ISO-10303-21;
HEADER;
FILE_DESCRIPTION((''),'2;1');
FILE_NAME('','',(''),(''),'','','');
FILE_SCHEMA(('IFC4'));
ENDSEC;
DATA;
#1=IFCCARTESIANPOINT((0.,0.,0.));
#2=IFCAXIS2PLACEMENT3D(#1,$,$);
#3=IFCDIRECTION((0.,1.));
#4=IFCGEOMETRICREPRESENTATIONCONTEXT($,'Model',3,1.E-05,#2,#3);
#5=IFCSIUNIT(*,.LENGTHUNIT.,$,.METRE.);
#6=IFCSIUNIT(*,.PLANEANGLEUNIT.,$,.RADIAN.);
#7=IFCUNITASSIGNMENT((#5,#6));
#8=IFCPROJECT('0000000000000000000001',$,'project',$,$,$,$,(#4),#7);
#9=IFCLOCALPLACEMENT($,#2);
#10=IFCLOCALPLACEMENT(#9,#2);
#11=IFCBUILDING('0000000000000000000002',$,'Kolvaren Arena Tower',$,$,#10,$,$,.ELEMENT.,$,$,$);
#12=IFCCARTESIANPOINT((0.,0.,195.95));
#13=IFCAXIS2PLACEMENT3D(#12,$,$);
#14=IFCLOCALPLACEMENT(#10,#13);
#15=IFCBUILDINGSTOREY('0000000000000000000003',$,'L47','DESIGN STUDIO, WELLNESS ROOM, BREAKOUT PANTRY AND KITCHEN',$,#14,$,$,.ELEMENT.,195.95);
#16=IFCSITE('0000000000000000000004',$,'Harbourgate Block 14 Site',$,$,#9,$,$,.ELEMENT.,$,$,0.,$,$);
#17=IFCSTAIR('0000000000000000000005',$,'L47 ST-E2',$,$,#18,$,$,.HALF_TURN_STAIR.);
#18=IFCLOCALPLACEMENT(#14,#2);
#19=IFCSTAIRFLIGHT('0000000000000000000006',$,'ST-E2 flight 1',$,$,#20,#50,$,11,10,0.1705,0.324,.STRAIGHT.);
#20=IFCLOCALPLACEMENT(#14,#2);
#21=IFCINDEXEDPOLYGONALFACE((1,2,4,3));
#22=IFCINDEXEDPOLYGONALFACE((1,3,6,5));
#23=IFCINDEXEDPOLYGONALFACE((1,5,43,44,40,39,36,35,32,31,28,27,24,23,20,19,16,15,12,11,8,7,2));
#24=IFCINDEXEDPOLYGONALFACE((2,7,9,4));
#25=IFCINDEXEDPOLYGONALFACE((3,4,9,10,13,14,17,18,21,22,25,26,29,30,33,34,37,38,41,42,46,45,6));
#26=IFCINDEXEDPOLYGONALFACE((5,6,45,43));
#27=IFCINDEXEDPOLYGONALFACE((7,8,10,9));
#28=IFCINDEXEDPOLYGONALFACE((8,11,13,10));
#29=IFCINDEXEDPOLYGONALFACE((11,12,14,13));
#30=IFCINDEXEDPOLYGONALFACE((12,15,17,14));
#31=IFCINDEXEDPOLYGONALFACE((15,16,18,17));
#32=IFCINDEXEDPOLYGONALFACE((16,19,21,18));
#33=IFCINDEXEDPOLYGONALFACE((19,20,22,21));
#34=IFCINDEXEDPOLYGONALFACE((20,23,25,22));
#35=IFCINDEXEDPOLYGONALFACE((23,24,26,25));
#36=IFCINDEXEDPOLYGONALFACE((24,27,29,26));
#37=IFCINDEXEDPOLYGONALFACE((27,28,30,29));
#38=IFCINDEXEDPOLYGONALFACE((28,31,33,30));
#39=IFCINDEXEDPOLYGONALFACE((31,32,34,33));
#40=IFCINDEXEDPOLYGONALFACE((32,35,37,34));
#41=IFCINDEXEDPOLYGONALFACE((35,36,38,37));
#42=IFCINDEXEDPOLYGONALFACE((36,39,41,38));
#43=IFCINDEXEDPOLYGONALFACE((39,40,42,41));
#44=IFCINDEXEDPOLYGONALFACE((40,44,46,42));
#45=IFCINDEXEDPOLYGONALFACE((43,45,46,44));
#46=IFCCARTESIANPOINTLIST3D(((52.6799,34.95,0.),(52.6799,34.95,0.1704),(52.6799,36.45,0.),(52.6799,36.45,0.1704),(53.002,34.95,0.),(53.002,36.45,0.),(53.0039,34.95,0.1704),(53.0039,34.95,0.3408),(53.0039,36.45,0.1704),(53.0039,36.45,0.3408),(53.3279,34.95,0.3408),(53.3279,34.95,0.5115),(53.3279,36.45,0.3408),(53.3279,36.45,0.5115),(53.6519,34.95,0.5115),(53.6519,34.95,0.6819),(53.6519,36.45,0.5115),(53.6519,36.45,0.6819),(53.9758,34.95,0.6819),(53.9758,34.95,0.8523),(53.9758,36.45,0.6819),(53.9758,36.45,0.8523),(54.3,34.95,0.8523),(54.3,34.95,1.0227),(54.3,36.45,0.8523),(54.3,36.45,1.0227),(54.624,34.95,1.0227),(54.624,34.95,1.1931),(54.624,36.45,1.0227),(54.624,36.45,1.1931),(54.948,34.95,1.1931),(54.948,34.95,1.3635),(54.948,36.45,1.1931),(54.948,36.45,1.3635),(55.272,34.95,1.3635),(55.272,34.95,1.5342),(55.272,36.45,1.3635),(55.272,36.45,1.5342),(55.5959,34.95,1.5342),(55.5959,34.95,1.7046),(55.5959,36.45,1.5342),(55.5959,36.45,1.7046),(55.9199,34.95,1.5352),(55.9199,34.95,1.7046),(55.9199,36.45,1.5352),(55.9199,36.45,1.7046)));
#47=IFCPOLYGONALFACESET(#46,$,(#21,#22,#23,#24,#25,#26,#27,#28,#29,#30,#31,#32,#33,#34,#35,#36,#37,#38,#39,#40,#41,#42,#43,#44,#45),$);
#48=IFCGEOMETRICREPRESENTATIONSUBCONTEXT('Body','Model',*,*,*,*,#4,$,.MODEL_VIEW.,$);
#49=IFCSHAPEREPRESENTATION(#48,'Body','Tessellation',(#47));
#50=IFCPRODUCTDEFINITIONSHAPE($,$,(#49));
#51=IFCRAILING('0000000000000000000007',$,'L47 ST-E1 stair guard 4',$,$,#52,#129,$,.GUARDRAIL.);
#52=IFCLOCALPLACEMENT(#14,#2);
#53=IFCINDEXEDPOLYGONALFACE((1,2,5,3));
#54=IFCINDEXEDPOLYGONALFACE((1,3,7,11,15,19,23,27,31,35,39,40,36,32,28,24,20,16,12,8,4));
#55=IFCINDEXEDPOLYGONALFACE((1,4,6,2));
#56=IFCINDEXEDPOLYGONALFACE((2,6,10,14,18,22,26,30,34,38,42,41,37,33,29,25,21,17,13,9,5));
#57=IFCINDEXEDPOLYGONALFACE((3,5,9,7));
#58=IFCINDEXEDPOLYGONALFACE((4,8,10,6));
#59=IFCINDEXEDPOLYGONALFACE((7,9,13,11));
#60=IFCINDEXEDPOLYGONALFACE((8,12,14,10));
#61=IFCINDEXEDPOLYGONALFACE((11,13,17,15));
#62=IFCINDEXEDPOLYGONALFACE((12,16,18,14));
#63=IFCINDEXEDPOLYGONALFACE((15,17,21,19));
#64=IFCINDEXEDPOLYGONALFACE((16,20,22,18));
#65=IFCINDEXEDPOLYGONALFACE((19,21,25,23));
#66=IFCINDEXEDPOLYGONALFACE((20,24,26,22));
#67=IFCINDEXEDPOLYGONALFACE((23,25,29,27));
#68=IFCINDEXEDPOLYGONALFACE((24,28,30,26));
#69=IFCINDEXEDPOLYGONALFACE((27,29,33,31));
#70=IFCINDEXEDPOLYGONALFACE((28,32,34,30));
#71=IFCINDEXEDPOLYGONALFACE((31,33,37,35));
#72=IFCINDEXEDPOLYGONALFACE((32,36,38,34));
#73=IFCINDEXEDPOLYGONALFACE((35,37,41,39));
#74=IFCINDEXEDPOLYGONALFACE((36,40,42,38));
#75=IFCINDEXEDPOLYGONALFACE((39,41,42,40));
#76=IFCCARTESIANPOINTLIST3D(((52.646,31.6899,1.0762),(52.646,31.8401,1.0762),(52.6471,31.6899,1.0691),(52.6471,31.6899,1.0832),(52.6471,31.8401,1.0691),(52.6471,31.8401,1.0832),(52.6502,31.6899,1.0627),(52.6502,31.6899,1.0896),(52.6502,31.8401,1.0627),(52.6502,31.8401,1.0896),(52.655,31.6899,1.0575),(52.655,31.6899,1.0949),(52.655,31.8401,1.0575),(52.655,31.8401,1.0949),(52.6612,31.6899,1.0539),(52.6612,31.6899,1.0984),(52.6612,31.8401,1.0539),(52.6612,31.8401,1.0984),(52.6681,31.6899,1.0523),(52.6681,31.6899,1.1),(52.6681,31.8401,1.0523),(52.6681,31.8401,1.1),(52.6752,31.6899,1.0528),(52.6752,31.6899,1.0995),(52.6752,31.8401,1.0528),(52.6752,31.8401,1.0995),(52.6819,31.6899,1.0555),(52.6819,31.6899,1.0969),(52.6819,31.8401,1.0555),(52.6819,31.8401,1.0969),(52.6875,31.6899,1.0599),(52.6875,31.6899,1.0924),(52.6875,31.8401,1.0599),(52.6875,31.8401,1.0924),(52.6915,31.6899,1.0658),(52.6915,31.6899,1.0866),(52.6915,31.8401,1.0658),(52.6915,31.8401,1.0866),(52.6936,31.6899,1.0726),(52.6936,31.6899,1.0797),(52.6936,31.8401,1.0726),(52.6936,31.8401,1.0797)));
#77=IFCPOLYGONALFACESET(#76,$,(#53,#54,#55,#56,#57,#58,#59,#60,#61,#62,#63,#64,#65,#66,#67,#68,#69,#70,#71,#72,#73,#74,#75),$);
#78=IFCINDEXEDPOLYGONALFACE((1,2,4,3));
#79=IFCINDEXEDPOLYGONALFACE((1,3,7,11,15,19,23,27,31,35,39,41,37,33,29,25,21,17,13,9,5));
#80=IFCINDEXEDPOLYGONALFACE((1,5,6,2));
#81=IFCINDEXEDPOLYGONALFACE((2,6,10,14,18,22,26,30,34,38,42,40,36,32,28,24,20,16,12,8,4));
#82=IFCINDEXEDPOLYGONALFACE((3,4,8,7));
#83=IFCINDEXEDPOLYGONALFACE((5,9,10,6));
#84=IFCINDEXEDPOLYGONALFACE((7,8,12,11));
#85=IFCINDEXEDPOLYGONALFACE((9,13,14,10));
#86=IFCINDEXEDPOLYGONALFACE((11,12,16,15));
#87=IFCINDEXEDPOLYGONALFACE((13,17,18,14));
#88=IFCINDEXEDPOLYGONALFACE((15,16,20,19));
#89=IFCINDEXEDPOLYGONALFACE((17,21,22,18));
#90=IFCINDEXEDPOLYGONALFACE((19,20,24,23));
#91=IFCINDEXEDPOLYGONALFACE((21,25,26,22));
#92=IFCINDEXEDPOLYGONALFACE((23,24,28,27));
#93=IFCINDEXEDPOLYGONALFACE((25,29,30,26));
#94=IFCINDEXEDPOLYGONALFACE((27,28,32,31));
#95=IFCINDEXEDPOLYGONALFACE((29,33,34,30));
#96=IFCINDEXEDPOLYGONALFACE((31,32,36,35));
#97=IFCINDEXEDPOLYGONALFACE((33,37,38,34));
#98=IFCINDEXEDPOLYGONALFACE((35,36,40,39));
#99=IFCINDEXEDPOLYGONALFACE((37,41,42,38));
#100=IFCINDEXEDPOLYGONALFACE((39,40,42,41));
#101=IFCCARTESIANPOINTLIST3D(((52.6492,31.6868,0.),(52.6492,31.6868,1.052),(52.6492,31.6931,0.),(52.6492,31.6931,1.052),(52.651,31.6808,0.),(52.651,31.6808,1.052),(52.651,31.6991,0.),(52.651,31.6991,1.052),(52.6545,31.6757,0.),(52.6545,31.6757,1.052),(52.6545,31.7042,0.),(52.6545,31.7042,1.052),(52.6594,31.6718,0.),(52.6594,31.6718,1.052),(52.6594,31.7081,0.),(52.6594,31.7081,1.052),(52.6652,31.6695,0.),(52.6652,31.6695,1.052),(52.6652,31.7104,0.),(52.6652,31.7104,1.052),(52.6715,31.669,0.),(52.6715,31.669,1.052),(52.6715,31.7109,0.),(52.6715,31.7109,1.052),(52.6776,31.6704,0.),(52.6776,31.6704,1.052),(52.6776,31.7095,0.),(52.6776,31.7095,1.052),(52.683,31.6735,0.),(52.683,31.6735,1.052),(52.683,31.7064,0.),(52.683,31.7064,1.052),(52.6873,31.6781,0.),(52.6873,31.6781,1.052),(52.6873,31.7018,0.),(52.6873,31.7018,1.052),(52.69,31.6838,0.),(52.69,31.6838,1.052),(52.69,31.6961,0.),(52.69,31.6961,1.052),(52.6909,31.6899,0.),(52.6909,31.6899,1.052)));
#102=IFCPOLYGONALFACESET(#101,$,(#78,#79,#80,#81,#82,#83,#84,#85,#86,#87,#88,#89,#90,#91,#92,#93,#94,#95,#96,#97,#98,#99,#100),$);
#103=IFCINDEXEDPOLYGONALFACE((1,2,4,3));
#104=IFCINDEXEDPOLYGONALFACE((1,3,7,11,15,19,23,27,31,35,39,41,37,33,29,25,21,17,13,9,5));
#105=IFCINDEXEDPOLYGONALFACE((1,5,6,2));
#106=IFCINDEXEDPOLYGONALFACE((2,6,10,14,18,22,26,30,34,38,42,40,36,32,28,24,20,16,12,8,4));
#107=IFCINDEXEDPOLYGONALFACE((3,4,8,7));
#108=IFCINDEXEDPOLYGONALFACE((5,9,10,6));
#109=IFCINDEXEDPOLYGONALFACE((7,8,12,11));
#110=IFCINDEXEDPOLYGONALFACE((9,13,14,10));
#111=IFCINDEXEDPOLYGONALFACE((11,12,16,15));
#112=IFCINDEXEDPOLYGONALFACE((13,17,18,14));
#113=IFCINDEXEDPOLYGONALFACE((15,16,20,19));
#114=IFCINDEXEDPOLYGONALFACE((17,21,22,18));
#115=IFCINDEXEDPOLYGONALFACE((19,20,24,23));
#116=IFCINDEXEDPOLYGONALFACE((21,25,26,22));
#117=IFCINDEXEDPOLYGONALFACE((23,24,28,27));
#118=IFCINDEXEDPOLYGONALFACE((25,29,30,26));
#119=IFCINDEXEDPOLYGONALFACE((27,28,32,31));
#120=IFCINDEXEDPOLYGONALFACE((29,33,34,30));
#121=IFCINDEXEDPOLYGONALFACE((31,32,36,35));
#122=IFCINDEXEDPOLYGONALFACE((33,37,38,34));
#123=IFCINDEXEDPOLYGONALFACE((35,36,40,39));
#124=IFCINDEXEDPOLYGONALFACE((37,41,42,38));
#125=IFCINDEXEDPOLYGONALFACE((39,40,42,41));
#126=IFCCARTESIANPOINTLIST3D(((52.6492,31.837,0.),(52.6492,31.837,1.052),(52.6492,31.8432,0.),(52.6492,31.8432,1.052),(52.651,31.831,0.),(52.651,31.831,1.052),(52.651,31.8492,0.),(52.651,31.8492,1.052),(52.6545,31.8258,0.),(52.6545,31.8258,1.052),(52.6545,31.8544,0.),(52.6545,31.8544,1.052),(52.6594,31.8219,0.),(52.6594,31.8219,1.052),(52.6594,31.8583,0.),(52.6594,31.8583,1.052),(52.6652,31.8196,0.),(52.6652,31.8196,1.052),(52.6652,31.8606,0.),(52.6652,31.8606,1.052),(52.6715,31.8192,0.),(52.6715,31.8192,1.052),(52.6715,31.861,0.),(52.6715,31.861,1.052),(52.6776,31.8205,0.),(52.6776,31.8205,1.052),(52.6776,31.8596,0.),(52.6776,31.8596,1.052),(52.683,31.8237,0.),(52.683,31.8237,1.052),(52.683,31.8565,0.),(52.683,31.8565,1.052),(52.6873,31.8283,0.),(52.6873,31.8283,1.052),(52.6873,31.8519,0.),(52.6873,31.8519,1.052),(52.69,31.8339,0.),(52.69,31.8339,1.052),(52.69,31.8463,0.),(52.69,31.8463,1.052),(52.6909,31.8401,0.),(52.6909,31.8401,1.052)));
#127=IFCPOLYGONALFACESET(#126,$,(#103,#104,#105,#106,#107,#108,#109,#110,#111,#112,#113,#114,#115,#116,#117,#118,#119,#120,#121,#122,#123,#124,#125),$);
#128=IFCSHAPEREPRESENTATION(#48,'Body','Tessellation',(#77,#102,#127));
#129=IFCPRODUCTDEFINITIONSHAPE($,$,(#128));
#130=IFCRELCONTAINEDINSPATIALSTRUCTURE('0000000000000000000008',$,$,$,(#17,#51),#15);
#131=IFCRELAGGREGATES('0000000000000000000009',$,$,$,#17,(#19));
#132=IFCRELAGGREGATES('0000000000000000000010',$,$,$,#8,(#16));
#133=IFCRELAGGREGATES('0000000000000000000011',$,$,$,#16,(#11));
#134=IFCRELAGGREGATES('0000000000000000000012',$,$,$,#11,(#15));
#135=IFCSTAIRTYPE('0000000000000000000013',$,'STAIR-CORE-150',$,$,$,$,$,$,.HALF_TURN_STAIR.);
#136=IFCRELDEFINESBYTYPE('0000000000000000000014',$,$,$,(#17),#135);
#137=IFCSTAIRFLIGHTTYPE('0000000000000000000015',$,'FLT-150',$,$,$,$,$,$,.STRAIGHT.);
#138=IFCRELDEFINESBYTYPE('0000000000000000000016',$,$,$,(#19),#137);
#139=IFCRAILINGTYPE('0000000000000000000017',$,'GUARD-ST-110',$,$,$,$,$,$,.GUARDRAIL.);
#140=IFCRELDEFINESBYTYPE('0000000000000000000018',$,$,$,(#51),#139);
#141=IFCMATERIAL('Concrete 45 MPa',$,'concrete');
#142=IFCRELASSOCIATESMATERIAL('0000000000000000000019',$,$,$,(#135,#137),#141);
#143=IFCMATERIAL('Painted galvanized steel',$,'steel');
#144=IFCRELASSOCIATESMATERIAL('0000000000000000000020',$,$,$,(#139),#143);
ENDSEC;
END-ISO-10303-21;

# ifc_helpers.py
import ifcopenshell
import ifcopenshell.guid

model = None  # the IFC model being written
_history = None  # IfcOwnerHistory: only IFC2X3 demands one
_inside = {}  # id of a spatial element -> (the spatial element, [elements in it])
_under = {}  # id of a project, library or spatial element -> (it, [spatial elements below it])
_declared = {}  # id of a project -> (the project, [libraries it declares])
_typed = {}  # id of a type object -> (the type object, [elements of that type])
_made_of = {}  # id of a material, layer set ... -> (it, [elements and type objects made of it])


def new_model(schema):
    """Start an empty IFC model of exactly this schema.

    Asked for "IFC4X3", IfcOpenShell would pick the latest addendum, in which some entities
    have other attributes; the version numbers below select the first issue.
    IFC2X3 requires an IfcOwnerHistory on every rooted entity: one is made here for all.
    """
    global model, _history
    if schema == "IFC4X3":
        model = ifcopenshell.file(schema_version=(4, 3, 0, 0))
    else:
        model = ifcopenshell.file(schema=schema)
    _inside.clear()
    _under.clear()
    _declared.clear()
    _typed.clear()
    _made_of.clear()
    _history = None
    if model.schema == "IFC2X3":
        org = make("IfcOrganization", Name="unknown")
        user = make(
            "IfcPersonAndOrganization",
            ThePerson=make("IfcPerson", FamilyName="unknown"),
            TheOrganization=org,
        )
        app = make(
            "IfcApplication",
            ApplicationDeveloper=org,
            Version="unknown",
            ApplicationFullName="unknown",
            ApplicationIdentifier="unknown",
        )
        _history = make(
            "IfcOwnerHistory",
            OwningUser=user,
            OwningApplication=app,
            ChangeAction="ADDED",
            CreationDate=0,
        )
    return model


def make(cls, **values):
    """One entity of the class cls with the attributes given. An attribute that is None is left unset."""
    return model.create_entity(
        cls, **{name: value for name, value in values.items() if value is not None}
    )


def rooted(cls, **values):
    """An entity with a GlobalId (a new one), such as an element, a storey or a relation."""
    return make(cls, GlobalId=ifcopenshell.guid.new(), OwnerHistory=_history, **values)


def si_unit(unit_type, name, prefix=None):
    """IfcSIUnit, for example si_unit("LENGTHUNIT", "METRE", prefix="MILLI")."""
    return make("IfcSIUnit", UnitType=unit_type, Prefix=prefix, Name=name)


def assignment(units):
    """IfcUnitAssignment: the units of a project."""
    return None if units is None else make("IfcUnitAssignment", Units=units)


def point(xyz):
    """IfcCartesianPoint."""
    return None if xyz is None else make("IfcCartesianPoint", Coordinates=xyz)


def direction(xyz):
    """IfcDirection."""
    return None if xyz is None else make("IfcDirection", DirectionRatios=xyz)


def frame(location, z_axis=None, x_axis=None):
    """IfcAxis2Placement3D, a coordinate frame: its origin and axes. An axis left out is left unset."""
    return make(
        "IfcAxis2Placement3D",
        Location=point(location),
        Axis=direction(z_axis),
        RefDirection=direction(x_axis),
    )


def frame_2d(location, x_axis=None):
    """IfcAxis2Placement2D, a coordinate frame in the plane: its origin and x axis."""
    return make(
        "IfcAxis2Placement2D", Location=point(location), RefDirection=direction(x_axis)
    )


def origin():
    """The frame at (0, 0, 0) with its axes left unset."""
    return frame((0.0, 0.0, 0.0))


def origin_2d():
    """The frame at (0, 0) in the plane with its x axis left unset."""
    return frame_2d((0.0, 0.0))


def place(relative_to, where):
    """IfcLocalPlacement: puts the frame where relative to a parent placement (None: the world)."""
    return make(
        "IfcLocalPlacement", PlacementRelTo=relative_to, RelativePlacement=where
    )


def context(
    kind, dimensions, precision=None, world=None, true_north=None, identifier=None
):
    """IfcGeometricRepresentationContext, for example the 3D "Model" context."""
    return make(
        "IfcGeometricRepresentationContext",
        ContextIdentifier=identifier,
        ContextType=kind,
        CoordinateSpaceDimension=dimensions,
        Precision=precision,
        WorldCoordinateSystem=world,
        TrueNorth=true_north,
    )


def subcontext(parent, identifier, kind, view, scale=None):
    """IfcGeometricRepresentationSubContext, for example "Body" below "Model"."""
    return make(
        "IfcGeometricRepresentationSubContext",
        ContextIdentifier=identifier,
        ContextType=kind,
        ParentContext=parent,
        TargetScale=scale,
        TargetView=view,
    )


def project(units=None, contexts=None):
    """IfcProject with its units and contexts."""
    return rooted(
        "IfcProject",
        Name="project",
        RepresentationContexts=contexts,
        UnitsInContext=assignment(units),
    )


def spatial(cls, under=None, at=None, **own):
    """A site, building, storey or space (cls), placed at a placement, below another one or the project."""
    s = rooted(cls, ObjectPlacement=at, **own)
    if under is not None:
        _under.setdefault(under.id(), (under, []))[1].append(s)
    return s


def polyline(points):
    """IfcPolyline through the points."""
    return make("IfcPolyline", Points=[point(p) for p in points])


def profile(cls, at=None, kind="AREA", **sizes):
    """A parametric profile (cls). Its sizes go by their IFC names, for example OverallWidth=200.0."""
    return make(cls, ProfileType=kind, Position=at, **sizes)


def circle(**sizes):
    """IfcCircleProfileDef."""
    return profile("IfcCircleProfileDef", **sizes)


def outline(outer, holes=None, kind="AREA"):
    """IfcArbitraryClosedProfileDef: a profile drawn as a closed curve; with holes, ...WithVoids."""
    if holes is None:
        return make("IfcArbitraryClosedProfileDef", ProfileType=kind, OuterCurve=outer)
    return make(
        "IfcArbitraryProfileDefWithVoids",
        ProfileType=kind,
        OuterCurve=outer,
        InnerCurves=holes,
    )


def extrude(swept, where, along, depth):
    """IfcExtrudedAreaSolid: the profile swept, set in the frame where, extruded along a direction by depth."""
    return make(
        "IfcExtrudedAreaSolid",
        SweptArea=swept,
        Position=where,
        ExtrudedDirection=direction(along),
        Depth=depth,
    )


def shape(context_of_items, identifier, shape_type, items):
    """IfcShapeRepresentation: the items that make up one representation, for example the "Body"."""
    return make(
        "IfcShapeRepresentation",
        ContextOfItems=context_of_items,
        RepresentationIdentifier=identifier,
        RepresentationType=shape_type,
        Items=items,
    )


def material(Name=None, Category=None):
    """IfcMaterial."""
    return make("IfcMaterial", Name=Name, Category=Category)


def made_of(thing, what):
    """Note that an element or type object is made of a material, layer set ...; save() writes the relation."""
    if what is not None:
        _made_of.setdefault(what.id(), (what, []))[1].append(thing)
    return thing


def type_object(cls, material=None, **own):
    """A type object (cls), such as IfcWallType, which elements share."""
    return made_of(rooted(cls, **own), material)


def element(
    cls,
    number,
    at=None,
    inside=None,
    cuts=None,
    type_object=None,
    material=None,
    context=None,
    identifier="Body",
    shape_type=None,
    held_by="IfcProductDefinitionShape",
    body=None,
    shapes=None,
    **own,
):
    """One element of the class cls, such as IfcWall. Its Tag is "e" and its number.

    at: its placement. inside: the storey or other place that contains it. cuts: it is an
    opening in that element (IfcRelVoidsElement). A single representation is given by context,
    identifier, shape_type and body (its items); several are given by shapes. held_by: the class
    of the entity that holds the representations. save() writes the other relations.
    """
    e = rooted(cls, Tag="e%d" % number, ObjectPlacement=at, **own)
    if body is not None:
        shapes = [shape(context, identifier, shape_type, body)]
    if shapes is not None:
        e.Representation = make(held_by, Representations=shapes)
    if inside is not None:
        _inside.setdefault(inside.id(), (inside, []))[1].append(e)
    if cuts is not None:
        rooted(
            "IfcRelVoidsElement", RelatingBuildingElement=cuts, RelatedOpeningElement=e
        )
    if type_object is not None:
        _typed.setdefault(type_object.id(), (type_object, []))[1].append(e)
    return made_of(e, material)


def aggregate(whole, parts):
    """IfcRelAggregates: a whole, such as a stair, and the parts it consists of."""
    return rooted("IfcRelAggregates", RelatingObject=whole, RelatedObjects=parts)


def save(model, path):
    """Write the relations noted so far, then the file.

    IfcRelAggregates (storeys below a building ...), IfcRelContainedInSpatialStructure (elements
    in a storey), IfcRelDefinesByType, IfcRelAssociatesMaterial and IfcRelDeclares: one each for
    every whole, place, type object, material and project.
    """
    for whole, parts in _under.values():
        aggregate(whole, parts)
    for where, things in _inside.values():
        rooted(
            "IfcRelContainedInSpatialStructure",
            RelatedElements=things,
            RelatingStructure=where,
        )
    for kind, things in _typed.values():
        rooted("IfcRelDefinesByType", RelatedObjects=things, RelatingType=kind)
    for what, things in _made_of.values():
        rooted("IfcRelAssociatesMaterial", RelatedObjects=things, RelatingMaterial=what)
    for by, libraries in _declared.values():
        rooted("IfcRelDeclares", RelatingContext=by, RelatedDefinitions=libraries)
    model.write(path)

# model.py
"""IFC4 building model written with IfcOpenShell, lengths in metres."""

from ifc_helpers import new_model, si_unit, direction, frame, origin, origin_2d, place, context, subcontext, project, spatial, polyline, circle, outline, extrude, material, type_object, element, aggregate, save


model = new_model("IFC4")

# Units and contexts
model_context = context("Model", 3, precision=1e-05, world=origin(), true_north=direction((0.0, 1.0)))
body_context = subcontext(model_context, "Body", "Model", "MODEL_VIEW")
ifc_project = project(units=[si_unit("LENGTHUNIT", "METRE"), si_unit("PLANEANGLEUNIT", "RADIAN")], contexts=[model_context])

# Site, building, storey
site_placement = place(None, origin())
site = spatial("IfcSite", under=ifc_project, at=site_placement, Name="Harbourgate Block 14 Site", CompositionType="ELEMENT", RefElevation=0.0)
building_placement = place(site_placement, origin())
building = spatial("IfcBuilding", under=site, at=building_placement, Name="Kolvaren Arena Tower", CompositionType="ELEMENT")
storey_placement = place(building_placement, frame((0.0, 0.0, 195.95)))
storey = spatial("IfcBuildingStorey", under=building, at=storey_placement, Name="L47", Description="DESIGN STUDIO, WELLNESS ROOM, BREAKOUT PANTRY AND KITCHEN", CompositionType="ELEMENT", Elevation=195.95)

# Shared definitions
ifc_material_1 = material(Name="Concrete 45 MPa", Category="concrete")

# Stair, stair flight
stair_type = type_object("IfcStairType", Name="STAIR-CORE-150", PredefinedType="HALF_TURN_STAIR", material=ifc_material_1)
stair_placement = place(storey_placement, origin())
stair = element("IfcStair", 1, at=stair_placement, inside=storey, type_object=stair_type, Name="L47 ST-E2", PredefinedType="HALF_TURN_STAIR")
stair_flight_type = type_object("IfcStairFlightType", Name="FLT-150", PredefinedType="STRAIGHT", material=ifc_material_1)
stair_flight_placement = place(storey_placement, frame((52.6799, 35.7, 0.0), z_axis=(0.0, 0.0, 1.0), x_axis=(1.0, 0.0, 0.0)))
stair_flight = element("IfcStairFlight", 2, at=stair_flight_placement, type_object=stair_flight_type, Name="ST-E2 flight 1", NumberOfRisers=11, NumberOfTreads=10, PredefinedType="STRAIGHT", RiserHeight=0.1705, TreadLength=0.324, context=body_context, shape_type="SweptSolid", body=[
    extrude(outline(polyline([(0.0, 0.0), (0.0, 0.1704), (0.324, 0.1704), (0.324, 0.3408), (0.6479, 0.3408), (0.6479, 0.5115), (0.9719, 0.5115), (0.9719, 0.6819), (1.2959, 0.6819), (1.2959, 0.8523), (1.6201, 0.8523), (1.6201, 1.0227), (1.9441, 1.0227), (1.9441, 1.1931), (2.2681, 1.1931), (2.2681, 1.3635), (2.592, 1.3635), (2.592, 1.5342), (2.916, 1.5342), (2.916, 1.7046), (3.24, 1.7046), (3.24, 1.875), (3.24, 1.5352), (0.322, 0.0), (0.0, 0.0)])), frame((0.0, 0.75, 0.0), z_axis=(0.0, -1.0, 0.0), x_axis=(1.0, 0.0, 0.0)), (0.0, 0.0, 1.0), 1.5),
])
aggregate(stair, [stair_flight])

# Railing
ifc_material_2 = material(Name="Painted galvanized steel", Category="steel")
railing_type_1 = type_object("IfcRailingType", Name="GUARD-ST-110", PredefinedType="GUARDRAIL", material=ifc_material_2)
railing_1_placement = place(storey_placement, frame((52.6699, 31.6899, 0.0)))
element("IfcRailing", 3, at=railing_1_placement, inside=storey, type_object=railing_type_1, Name="L47 ST-E1 stair guard 4", PredefinedType="GUARDRAIL", context=body_context, shape_type="SweptSolid", body=[
    extrude(circle(Radius=0.0239, at=origin_2d()), frame((0.0, 0.0, 1.0762), z_axis=(0.0, 1.0, 0.0), x_axis=(-1.0, 0.0, 0.0)), (0.0, 0.0, 1.0), 0.1501),
    extrude(circle(Radius=0.021, at=origin_2d()), origin(), (0.0, 0.0, 1.0), 1.052),
    extrude(circle(Radius=0.021, at=origin_2d()), frame((0.0, 0.1501, 0.0)), (0.0, 0.0, 1.0), 1.052),
])

save(model, "model.ifc")
